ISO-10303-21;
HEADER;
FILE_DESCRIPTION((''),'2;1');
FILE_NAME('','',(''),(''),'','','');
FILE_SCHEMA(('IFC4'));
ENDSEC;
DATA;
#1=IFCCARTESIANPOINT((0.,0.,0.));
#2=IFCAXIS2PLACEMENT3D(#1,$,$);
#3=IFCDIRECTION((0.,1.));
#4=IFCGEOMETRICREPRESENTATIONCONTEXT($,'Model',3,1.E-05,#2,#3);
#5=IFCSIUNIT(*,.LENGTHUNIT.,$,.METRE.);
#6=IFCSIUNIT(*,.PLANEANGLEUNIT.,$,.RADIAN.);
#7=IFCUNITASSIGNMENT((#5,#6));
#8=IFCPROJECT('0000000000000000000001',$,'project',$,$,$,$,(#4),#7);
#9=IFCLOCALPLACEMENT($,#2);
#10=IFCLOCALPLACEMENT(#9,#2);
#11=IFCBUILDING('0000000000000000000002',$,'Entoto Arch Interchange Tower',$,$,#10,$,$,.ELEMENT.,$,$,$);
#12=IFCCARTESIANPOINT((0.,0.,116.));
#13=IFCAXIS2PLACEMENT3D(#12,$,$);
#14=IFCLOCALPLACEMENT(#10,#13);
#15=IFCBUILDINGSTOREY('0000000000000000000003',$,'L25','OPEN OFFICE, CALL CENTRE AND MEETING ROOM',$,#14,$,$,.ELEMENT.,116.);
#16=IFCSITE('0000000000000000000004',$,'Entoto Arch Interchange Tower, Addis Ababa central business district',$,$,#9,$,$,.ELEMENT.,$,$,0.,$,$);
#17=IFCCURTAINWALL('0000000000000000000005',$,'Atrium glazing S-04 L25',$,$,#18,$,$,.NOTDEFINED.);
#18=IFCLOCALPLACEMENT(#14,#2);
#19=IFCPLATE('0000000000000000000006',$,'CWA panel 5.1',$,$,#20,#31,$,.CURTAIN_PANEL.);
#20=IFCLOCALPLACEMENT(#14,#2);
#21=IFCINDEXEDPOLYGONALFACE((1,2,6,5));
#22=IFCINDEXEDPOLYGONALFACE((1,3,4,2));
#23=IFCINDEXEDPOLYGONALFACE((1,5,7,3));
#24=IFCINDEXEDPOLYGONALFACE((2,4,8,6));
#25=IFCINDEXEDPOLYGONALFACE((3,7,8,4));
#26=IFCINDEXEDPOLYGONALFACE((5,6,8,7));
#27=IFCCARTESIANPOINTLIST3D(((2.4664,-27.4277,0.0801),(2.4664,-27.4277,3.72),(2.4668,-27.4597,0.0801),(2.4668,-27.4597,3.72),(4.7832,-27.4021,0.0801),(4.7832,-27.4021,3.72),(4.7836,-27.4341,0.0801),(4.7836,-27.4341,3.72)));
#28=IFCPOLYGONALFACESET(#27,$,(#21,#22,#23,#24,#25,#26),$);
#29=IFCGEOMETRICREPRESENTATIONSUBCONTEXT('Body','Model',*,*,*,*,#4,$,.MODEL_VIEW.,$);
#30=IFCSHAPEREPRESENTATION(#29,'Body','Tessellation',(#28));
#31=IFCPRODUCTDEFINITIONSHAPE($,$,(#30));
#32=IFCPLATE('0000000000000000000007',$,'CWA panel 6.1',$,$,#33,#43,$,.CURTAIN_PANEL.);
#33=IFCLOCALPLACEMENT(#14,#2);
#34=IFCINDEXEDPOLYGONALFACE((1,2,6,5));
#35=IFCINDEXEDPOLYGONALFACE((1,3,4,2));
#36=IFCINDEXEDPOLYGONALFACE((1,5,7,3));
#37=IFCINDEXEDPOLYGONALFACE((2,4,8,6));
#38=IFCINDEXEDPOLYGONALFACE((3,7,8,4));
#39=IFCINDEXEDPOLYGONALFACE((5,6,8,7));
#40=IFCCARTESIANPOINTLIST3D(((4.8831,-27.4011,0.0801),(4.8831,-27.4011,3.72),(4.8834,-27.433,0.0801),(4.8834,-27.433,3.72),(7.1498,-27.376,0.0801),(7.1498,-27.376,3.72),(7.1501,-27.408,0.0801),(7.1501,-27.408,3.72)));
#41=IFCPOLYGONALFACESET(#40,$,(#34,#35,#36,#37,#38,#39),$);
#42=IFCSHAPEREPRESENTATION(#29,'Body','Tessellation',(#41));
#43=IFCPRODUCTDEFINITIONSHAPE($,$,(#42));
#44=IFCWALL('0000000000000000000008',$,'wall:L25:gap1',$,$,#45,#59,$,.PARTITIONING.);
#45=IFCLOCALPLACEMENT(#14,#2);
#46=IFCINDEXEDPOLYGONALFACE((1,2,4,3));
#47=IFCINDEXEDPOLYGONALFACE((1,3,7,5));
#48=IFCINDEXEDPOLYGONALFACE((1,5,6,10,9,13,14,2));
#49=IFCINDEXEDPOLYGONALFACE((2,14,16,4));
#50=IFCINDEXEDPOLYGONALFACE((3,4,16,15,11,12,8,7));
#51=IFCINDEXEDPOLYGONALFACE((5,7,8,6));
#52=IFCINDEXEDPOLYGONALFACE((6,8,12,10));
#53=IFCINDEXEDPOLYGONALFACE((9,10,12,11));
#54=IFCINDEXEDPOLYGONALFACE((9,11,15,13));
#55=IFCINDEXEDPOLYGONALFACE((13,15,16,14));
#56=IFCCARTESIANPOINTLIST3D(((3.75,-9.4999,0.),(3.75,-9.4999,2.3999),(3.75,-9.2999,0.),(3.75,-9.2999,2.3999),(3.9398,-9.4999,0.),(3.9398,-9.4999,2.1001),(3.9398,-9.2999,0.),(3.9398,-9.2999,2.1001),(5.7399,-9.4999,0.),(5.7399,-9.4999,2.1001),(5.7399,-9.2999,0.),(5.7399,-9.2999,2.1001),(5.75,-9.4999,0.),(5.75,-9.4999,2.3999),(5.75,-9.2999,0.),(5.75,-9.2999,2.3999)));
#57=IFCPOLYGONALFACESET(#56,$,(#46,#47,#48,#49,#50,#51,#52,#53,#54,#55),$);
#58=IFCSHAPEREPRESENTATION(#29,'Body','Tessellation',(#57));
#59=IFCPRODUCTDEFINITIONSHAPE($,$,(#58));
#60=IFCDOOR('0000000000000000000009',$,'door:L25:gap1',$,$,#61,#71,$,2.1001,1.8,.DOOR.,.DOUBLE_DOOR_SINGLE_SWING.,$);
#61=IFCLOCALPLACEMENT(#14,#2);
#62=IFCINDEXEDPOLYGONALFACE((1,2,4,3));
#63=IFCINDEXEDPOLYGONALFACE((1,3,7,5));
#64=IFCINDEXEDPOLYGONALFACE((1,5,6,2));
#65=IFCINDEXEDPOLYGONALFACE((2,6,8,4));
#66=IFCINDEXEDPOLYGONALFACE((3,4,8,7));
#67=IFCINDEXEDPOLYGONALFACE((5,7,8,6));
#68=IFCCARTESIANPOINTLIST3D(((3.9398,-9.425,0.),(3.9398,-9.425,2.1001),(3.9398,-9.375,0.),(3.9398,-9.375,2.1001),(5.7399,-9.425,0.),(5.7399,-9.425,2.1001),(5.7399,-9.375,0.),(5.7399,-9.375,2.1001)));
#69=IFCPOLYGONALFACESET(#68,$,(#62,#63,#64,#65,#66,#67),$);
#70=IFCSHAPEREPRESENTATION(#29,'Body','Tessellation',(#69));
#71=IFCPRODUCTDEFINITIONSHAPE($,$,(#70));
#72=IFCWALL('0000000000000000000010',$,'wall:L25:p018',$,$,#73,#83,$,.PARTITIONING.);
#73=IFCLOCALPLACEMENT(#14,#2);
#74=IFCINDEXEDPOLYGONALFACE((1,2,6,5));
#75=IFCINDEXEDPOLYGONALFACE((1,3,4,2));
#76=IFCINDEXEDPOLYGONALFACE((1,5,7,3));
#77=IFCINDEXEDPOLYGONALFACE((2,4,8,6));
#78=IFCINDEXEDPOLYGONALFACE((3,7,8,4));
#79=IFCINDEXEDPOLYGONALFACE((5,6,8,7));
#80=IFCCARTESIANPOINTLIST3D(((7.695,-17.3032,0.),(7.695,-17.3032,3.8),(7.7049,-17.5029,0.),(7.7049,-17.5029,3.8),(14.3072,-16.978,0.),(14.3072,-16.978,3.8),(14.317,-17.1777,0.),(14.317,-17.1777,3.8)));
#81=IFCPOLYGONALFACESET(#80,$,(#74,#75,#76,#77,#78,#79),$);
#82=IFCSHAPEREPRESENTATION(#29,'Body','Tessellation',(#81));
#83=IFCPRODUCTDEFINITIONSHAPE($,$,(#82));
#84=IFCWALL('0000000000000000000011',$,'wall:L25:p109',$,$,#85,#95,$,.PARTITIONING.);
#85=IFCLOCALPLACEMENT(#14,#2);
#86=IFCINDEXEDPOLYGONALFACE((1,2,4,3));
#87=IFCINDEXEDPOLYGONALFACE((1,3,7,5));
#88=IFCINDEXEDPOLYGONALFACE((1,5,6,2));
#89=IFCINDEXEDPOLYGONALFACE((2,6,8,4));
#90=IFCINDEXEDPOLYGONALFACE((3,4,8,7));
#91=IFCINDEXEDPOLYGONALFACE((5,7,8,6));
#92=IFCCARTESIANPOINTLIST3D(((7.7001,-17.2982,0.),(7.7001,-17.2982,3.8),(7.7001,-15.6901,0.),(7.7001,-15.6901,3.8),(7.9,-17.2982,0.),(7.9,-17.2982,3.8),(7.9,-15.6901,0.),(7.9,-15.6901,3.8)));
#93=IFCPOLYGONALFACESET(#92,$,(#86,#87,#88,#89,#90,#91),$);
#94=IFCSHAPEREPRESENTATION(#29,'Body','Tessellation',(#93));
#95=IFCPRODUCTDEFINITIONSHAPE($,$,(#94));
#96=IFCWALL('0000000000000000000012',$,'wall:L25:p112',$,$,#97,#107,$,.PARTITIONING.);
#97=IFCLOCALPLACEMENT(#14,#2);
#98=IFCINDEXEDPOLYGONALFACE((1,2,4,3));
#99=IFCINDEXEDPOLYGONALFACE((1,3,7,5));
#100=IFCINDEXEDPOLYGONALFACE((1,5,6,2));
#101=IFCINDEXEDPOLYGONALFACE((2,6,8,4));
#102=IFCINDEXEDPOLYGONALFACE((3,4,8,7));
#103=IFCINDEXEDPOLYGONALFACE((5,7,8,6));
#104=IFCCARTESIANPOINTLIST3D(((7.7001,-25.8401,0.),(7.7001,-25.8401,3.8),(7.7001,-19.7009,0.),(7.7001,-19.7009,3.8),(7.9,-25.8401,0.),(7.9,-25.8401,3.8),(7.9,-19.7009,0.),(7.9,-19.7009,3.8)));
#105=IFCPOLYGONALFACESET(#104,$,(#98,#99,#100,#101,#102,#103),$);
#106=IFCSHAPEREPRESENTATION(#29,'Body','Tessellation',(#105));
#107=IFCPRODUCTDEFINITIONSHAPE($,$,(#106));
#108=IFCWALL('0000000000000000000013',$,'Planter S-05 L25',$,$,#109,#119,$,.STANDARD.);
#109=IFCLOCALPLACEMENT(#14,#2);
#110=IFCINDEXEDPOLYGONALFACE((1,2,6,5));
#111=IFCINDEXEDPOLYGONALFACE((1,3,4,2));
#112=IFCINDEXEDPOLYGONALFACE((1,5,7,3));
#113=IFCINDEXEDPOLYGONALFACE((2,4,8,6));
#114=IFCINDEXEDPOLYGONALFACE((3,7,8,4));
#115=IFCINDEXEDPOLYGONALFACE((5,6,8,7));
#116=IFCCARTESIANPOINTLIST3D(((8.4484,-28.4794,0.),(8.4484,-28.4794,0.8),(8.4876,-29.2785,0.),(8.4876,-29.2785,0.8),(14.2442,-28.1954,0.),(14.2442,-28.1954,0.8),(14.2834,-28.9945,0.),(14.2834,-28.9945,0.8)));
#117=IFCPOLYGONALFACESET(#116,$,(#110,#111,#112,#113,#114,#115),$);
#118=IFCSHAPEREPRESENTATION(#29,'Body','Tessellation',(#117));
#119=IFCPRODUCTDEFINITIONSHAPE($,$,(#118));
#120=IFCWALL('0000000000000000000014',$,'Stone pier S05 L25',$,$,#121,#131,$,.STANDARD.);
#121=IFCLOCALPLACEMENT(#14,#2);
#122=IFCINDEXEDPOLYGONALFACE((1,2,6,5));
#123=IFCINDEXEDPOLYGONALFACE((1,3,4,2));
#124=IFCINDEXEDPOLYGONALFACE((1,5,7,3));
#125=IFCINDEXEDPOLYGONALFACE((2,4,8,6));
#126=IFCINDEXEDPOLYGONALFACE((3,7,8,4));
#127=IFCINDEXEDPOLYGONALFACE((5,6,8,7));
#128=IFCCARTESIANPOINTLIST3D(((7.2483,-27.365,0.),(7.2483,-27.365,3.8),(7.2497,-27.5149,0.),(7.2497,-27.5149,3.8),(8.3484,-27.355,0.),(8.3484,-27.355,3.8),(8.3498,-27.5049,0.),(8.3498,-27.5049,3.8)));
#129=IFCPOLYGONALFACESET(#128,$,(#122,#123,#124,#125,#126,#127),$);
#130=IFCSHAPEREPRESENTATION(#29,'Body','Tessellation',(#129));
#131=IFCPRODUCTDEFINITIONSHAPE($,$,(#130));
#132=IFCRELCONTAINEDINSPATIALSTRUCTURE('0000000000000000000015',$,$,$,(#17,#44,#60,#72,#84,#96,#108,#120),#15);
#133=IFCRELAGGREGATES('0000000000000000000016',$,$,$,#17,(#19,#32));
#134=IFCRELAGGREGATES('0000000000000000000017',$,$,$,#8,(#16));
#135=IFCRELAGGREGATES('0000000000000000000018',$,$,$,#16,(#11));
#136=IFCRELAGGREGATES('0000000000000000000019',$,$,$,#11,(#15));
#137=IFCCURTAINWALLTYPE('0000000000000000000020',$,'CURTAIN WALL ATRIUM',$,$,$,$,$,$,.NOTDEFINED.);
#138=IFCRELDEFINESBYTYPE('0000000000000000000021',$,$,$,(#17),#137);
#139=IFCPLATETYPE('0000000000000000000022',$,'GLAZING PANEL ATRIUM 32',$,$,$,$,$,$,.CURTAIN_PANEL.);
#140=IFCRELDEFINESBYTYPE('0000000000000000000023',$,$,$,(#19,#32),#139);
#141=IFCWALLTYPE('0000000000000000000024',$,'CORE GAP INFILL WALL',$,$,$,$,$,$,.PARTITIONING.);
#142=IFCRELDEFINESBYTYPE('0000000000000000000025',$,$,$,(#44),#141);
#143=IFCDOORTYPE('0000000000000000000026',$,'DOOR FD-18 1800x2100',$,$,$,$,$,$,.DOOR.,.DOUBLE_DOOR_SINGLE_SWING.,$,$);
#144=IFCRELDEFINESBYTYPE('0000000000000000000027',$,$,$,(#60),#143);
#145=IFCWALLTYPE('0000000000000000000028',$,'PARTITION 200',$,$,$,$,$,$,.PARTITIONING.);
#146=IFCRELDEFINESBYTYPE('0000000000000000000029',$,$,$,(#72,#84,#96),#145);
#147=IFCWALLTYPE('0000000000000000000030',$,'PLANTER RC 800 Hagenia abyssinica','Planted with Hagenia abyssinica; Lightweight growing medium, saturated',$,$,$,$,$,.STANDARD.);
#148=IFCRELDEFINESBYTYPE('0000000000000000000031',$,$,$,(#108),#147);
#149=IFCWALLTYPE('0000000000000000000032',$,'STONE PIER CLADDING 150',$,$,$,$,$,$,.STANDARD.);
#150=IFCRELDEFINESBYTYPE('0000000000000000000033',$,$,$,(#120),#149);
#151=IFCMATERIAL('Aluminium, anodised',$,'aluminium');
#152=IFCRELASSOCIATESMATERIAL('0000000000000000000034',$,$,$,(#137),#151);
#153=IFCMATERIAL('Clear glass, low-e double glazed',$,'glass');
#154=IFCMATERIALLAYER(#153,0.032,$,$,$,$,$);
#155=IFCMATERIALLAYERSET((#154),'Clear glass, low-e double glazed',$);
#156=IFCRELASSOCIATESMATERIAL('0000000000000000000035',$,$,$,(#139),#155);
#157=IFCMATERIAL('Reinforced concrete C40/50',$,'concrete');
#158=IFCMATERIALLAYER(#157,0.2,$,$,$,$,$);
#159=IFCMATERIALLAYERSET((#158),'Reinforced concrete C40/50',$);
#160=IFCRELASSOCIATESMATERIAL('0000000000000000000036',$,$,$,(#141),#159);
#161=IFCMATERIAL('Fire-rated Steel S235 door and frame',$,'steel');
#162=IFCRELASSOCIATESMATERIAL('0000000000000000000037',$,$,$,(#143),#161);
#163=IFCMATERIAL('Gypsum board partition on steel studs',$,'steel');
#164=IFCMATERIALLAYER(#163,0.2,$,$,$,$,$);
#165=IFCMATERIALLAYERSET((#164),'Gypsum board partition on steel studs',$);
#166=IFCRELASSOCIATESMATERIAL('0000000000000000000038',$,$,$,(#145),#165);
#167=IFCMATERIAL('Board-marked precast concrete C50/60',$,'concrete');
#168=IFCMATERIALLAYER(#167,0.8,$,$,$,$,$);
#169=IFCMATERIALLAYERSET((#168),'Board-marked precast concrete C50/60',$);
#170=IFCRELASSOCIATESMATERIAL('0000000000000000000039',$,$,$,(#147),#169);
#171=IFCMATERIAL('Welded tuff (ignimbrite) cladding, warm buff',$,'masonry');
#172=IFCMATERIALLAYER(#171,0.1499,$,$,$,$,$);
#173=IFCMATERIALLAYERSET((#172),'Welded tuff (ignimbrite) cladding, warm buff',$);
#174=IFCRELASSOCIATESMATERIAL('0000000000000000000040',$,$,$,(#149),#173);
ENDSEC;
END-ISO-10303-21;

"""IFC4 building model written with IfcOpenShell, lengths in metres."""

from ifc_helpers import new_model, si_unit, direction, frame, frame_2d, origin, origin_2d, place, context, subcontext, project, spatial, rectangle, extrude, material, layer, layer_set, type_object, element, fill, aggregate, save


model = new_model("IFC4")

# Units and contexts
model_context = context("Model", 3, precision=1e-05, world=origin(), true_north=direction((0.0, 1.0)))
body_context = subcontext(model_context, "Body", "Model", "MODEL_VIEW")
ifc_project = project(units=[si_unit("LENGTHUNIT", "METRE"), si_unit("PLANEANGLEUNIT", "RADIAN")], contexts=[model_context])

# Site, building, storey
site_placement = place(None, origin())
site = spatial("IfcSite", under=ifc_project, at=site_placement, Name="Entoto Arch Interchange Tower, Addis Ababa central business district", CompositionType="ELEMENT", RefElevation=0.0)
building_placement = place(site_placement, origin())
building = spatial("IfcBuilding", under=site, at=building_placement, Name="Entoto Arch Interchange Tower", CompositionType="ELEMENT")
storey_placement = place(building_placement, frame((0.0, 0.0, 116.0)))
storey = spatial("IfcBuildingStorey", under=building, at=storey_placement, Name="L25", Description="OPEN OFFICE, CALL CENTRE AND MEETING ROOM", CompositionType="ELEMENT", Elevation=116.0)

# Curtain wall, plates
ifc_material_1 = material(Name="Aluminium, anodised", Category="aluminium")
curtain_wall_type = type_object("IfcCurtainWallType", Name="CURTAIN WALL ATRIUM", PredefinedType="NOTDEFINED", material=ifc_material_1)
curtain_wall_placement = place(storey_placement, origin())
curtain_wall = element("IfcCurtainWall", 1, at=curtain_wall_placement, inside=storey, type_object=curtain_wall_type, Name="Atrium glazing S-04 L25", PredefinedType="NOTDEFINED")
ifc_material_2 = material(Name="Clear glass, low-e double glazed", Category="glass")
ifc_layer_1 = layer(ifc_material_2, 0.032)
ifc_layer_set_1 = layer_set([ifc_layer_1], Name="Clear glass, low-e double glazed")
plate_type = type_object("IfcPlateType", Name="GLAZING PANEL ATRIUM 32", PredefinedType="CURTAIN_PANEL", material=ifc_layer_set_1)
plate_1_placement = place(storey_placement, frame((3.625, -27.4309, 0.0801), z_axis=(0.0, 0.0, 1.0), x_axis=(0.999939, 0.011034, 0.0)))
plate_1 = element("IfcPlate", 2, at=plate_1_placement, type_object=plate_type, Name="CWA panel 5.1", PredefinedType="CURTAIN_PANEL", context=body_context, shape_type="SweptSolid", body=[
    extrude(rectangle(XDim=2.3169, YDim=0.032, at=origin_2d()), origin(), (0.0, 0.0, 1.0), 3.6399),
])
plate_2_placement = place(storey_placement, frame((6.0166, -27.4045, 0.0801), z_axis=(0.0, 0.0, 1.0), x_axis=(0.999939, 0.011034, 0.0)))
plate_2 = element("IfcPlate", 3, at=plate_2_placement, type_object=plate_type, Name="CWA panel 6.1", PredefinedType="CURTAIN_PANEL", context=body_context, shape_type="SweptSolid", body=[
    extrude(rectangle(XDim=2.2668, YDim=0.032, at=origin_2d()), origin(), (0.0, 0.0, 1.0), 3.6399),
])
aggregate(curtain_wall, [plate_1, plate_2])

# Wall, opening, door
ifc_material_3 = material(Name="Reinforced concrete C40/50", Category="concrete")
ifc_layer_2 = layer(ifc_material_3, 0.2)
ifc_layer_set_2 = layer_set([ifc_layer_2], Name="Reinforced concrete C40/50")
wall_type_1 = type_object("IfcWallType", Name="CORE GAP INFILL WALL", PredefinedType="PARTITIONING", material=ifc_layer_set_2)
wall_1_placement = place(storey_placement, frame((3.75, -9.3999, 0.0), z_axis=(0.0, 0.0, 1.0), x_axis=(1.0, 0.0, 0.0)))
wall_1 = element("IfcWall", 4, at=wall_1_placement, inside=storey, type_object=wall_type_1, Name="wall:L25:gap1", PredefinedType="PARTITIONING", context=body_context, shape_type="SweptSolid", body=[
    extrude(rectangle(XDim=2.0, YDim=0.2, at=frame_2d((1.0, 0.0))), origin(), (0.0, 0.0, 1.0), 2.3999),
])
opening_1_placement = place(wall_1_placement, frame((0.1899, 0.0, 0.0)))
opening_1 = element("IfcOpeningElement", 5, at=opening_1_placement, cuts=wall_1, PredefinedType="OPENING", context=body_context, shape_type="SweptSolid", body=[
    extrude(rectangle(XDim=1.8, YDim=2.1001, at=frame_2d((0.8999, 1.05))), frame((0.0, 0.1099, 0.0), z_axis=(0.0, -1.0, 0.0), x_axis=(1.0, 0.0, 0.0)), (0.0, 0.0, 1.0), 0.22),
])
ifc_material_4 = material(Name="Fire-rated Steel S235 door and frame", Category="steel")
door_type_1 = type_object("IfcDoorType", Name="DOOR FD-18 1800x2100", OperationType="DOUBLE_DOOR_SINGLE_SWING", PredefinedType="DOOR", material=ifc_material_4)
door_1_placement = place(opening_1_placement, origin())
door_1 = element("IfcDoor", 6, at=door_1_placement, inside=storey, type_object=door_type_1, Name="door:L25:gap1", OperationType="DOUBLE_DOOR_SINGLE_SWING", OverallHeight=2.1001, OverallWidth=1.8, PredefinedType="DOOR", context=body_context, shape_type="SweptSolid", body=[
    extrude(rectangle(XDim=1.8, YDim=2.1001, at=frame_2d((0.8999, 1.05))), frame((0.0, 0.0249, 0.0), z_axis=(0.0, -1.0, 0.0), x_axis=(1.0, 0.0, 0.0)), (0.0, 0.0, 1.0), 0.05),
])
fill(opening_1, door_1)

# Walls
ifc_material_5 = material(Name="Gypsum board partition on steel studs", Category="steel")
ifc_layer_3 = layer(ifc_material_5, 0.2)
ifc_layer_set_3 = layer_set([ifc_layer_3], Name="Gypsum board partition on steel studs")
wall_type_2 = type_object("IfcWallType", Name="PARTITION 200", PredefinedType="PARTITIONING", material=ifc_layer_set_3)
wall_2_placement = place(storey_placement, frame((7.7, -17.4031, 0.0), z_axis=(0.0, 0.0, 1.0), x_axis=(0.998793, 0.049123, 0.0)))
element("IfcWall", 7, at=wall_2_placement, inside=storey, type_object=wall_type_2, Name="wall:L25:p018", PredefinedType="PARTITIONING", context=body_context, shape_type="SweptSolid", body=[
    extrude(rectangle(XDim=6.6201, YDim=0.2, at=frame_2d((3.3101, 0.0))), origin(), (0.0, 0.0, 1.0), 3.8),
])
wall_3_placement = place(storey_placement, frame((7.8, -15.6899, 0.0), z_axis=(0.0, 0.0, 1.0), x_axis=(0.0, -1.0, 0.0)))
element("IfcWall", 8, at=wall_3_placement, inside=storey, type_object=wall_type_2, Name="wall:L25:p109", PredefinedType="PARTITIONING", context=body_context, shape_type="SweptSolid", body=[
    extrude(rectangle(XDim=1.6082, YDim=0.2, at=frame_2d((0.8042, 0.0))), origin(), (0.0, 0.0, 1.0), 3.8),
])
wall_4_placement = place(storey_placement, frame((7.8, -19.7009, 0.0), z_axis=(0.0, 0.0, 1.0), x_axis=(0.0, -1.0, 0.0)))
element("IfcWall", 9, at=wall_4_placement, inside=storey, type_object=wall_type_2, Name="wall:L25:p112", PredefinedType="PARTITIONING", context=body_context, shape_type="SweptSolid", body=[
    extrude(rectangle(XDim=6.1392, YDim=0.2, at=frame_2d((3.0696, 0.0))), origin(), (0.0, 0.0, 1.0), 3.8),
])
ifc_material_6 = material(Name="Board-marked precast concrete C50/60", Category="concrete")
ifc_layer_4 = layer(ifc_material_6, 0.8)
ifc_layer_set_4 = layer_set([ifc_layer_4], Name="Board-marked precast concrete C50/60")
wall_type_3 = type_object("IfcWallType", Name="PLANTER RC 800 Hagenia abyssinica", Description="Planted with Hagenia abyssinica; Lightweight growing medium, saturated", PredefinedType="STANDARD", material=ifc_layer_set_4)
wall_5_placement = place(storey_placement, frame((8.468, -28.8789, 0.0), z_axis=(0.0, 0.0, 1.0), x_axis=(0.998802, 0.04893, 0.0)))
element("IfcWall", 10, at=wall_5_placement, inside=storey, type_object=wall_type_3, Name="Planter S-05 L25", PredefinedType="STANDARD", context=body_context, shape_type="SweptSolid", body=[
    extrude(rectangle(XDim=5.8027, YDim=0.8, at=frame_2d((2.9014, 0.0))), origin(), (0.0, 0.0, 1.0), 0.8),
])

# Shared definitions
ifc_material_7 = material(Name="Welded tuff (ignimbrite) cladding, warm buff", Category="masonry")

# Wall
ifc_layer_5 = layer(ifc_material_7, 0.1499)
ifc_layer_set_5 = layer_set([ifc_layer_5], Name="Welded tuff (ignimbrite) cladding, warm buff")
wall_type_4 = type_object("IfcWallType", Name="STONE PIER CLADDING 150", PredefinedType="STANDARD", material=ifc_layer_set_5)
wall_6_placement = place(storey_placement, frame((7.249, -27.4399, 0.0), z_axis=(0.0, 0.0, 1.0), x_axis=(0.999959, 0.009099, 0.0)))
element("IfcWall", 11, at=wall_6_placement, inside=storey, type_object=wall_type_4, Name="Stone pier S05 L25", PredefinedType="STANDARD", context=body_context, shape_type="SweptSolid", body=[
    extrude(rectangle(XDim=1.1001, YDim=0.1499, at=frame_2d((0.55, 0.0))), origin(), (0.0, 0.0, 1.0), 3.8),
])

save(model, "model.ifc")
